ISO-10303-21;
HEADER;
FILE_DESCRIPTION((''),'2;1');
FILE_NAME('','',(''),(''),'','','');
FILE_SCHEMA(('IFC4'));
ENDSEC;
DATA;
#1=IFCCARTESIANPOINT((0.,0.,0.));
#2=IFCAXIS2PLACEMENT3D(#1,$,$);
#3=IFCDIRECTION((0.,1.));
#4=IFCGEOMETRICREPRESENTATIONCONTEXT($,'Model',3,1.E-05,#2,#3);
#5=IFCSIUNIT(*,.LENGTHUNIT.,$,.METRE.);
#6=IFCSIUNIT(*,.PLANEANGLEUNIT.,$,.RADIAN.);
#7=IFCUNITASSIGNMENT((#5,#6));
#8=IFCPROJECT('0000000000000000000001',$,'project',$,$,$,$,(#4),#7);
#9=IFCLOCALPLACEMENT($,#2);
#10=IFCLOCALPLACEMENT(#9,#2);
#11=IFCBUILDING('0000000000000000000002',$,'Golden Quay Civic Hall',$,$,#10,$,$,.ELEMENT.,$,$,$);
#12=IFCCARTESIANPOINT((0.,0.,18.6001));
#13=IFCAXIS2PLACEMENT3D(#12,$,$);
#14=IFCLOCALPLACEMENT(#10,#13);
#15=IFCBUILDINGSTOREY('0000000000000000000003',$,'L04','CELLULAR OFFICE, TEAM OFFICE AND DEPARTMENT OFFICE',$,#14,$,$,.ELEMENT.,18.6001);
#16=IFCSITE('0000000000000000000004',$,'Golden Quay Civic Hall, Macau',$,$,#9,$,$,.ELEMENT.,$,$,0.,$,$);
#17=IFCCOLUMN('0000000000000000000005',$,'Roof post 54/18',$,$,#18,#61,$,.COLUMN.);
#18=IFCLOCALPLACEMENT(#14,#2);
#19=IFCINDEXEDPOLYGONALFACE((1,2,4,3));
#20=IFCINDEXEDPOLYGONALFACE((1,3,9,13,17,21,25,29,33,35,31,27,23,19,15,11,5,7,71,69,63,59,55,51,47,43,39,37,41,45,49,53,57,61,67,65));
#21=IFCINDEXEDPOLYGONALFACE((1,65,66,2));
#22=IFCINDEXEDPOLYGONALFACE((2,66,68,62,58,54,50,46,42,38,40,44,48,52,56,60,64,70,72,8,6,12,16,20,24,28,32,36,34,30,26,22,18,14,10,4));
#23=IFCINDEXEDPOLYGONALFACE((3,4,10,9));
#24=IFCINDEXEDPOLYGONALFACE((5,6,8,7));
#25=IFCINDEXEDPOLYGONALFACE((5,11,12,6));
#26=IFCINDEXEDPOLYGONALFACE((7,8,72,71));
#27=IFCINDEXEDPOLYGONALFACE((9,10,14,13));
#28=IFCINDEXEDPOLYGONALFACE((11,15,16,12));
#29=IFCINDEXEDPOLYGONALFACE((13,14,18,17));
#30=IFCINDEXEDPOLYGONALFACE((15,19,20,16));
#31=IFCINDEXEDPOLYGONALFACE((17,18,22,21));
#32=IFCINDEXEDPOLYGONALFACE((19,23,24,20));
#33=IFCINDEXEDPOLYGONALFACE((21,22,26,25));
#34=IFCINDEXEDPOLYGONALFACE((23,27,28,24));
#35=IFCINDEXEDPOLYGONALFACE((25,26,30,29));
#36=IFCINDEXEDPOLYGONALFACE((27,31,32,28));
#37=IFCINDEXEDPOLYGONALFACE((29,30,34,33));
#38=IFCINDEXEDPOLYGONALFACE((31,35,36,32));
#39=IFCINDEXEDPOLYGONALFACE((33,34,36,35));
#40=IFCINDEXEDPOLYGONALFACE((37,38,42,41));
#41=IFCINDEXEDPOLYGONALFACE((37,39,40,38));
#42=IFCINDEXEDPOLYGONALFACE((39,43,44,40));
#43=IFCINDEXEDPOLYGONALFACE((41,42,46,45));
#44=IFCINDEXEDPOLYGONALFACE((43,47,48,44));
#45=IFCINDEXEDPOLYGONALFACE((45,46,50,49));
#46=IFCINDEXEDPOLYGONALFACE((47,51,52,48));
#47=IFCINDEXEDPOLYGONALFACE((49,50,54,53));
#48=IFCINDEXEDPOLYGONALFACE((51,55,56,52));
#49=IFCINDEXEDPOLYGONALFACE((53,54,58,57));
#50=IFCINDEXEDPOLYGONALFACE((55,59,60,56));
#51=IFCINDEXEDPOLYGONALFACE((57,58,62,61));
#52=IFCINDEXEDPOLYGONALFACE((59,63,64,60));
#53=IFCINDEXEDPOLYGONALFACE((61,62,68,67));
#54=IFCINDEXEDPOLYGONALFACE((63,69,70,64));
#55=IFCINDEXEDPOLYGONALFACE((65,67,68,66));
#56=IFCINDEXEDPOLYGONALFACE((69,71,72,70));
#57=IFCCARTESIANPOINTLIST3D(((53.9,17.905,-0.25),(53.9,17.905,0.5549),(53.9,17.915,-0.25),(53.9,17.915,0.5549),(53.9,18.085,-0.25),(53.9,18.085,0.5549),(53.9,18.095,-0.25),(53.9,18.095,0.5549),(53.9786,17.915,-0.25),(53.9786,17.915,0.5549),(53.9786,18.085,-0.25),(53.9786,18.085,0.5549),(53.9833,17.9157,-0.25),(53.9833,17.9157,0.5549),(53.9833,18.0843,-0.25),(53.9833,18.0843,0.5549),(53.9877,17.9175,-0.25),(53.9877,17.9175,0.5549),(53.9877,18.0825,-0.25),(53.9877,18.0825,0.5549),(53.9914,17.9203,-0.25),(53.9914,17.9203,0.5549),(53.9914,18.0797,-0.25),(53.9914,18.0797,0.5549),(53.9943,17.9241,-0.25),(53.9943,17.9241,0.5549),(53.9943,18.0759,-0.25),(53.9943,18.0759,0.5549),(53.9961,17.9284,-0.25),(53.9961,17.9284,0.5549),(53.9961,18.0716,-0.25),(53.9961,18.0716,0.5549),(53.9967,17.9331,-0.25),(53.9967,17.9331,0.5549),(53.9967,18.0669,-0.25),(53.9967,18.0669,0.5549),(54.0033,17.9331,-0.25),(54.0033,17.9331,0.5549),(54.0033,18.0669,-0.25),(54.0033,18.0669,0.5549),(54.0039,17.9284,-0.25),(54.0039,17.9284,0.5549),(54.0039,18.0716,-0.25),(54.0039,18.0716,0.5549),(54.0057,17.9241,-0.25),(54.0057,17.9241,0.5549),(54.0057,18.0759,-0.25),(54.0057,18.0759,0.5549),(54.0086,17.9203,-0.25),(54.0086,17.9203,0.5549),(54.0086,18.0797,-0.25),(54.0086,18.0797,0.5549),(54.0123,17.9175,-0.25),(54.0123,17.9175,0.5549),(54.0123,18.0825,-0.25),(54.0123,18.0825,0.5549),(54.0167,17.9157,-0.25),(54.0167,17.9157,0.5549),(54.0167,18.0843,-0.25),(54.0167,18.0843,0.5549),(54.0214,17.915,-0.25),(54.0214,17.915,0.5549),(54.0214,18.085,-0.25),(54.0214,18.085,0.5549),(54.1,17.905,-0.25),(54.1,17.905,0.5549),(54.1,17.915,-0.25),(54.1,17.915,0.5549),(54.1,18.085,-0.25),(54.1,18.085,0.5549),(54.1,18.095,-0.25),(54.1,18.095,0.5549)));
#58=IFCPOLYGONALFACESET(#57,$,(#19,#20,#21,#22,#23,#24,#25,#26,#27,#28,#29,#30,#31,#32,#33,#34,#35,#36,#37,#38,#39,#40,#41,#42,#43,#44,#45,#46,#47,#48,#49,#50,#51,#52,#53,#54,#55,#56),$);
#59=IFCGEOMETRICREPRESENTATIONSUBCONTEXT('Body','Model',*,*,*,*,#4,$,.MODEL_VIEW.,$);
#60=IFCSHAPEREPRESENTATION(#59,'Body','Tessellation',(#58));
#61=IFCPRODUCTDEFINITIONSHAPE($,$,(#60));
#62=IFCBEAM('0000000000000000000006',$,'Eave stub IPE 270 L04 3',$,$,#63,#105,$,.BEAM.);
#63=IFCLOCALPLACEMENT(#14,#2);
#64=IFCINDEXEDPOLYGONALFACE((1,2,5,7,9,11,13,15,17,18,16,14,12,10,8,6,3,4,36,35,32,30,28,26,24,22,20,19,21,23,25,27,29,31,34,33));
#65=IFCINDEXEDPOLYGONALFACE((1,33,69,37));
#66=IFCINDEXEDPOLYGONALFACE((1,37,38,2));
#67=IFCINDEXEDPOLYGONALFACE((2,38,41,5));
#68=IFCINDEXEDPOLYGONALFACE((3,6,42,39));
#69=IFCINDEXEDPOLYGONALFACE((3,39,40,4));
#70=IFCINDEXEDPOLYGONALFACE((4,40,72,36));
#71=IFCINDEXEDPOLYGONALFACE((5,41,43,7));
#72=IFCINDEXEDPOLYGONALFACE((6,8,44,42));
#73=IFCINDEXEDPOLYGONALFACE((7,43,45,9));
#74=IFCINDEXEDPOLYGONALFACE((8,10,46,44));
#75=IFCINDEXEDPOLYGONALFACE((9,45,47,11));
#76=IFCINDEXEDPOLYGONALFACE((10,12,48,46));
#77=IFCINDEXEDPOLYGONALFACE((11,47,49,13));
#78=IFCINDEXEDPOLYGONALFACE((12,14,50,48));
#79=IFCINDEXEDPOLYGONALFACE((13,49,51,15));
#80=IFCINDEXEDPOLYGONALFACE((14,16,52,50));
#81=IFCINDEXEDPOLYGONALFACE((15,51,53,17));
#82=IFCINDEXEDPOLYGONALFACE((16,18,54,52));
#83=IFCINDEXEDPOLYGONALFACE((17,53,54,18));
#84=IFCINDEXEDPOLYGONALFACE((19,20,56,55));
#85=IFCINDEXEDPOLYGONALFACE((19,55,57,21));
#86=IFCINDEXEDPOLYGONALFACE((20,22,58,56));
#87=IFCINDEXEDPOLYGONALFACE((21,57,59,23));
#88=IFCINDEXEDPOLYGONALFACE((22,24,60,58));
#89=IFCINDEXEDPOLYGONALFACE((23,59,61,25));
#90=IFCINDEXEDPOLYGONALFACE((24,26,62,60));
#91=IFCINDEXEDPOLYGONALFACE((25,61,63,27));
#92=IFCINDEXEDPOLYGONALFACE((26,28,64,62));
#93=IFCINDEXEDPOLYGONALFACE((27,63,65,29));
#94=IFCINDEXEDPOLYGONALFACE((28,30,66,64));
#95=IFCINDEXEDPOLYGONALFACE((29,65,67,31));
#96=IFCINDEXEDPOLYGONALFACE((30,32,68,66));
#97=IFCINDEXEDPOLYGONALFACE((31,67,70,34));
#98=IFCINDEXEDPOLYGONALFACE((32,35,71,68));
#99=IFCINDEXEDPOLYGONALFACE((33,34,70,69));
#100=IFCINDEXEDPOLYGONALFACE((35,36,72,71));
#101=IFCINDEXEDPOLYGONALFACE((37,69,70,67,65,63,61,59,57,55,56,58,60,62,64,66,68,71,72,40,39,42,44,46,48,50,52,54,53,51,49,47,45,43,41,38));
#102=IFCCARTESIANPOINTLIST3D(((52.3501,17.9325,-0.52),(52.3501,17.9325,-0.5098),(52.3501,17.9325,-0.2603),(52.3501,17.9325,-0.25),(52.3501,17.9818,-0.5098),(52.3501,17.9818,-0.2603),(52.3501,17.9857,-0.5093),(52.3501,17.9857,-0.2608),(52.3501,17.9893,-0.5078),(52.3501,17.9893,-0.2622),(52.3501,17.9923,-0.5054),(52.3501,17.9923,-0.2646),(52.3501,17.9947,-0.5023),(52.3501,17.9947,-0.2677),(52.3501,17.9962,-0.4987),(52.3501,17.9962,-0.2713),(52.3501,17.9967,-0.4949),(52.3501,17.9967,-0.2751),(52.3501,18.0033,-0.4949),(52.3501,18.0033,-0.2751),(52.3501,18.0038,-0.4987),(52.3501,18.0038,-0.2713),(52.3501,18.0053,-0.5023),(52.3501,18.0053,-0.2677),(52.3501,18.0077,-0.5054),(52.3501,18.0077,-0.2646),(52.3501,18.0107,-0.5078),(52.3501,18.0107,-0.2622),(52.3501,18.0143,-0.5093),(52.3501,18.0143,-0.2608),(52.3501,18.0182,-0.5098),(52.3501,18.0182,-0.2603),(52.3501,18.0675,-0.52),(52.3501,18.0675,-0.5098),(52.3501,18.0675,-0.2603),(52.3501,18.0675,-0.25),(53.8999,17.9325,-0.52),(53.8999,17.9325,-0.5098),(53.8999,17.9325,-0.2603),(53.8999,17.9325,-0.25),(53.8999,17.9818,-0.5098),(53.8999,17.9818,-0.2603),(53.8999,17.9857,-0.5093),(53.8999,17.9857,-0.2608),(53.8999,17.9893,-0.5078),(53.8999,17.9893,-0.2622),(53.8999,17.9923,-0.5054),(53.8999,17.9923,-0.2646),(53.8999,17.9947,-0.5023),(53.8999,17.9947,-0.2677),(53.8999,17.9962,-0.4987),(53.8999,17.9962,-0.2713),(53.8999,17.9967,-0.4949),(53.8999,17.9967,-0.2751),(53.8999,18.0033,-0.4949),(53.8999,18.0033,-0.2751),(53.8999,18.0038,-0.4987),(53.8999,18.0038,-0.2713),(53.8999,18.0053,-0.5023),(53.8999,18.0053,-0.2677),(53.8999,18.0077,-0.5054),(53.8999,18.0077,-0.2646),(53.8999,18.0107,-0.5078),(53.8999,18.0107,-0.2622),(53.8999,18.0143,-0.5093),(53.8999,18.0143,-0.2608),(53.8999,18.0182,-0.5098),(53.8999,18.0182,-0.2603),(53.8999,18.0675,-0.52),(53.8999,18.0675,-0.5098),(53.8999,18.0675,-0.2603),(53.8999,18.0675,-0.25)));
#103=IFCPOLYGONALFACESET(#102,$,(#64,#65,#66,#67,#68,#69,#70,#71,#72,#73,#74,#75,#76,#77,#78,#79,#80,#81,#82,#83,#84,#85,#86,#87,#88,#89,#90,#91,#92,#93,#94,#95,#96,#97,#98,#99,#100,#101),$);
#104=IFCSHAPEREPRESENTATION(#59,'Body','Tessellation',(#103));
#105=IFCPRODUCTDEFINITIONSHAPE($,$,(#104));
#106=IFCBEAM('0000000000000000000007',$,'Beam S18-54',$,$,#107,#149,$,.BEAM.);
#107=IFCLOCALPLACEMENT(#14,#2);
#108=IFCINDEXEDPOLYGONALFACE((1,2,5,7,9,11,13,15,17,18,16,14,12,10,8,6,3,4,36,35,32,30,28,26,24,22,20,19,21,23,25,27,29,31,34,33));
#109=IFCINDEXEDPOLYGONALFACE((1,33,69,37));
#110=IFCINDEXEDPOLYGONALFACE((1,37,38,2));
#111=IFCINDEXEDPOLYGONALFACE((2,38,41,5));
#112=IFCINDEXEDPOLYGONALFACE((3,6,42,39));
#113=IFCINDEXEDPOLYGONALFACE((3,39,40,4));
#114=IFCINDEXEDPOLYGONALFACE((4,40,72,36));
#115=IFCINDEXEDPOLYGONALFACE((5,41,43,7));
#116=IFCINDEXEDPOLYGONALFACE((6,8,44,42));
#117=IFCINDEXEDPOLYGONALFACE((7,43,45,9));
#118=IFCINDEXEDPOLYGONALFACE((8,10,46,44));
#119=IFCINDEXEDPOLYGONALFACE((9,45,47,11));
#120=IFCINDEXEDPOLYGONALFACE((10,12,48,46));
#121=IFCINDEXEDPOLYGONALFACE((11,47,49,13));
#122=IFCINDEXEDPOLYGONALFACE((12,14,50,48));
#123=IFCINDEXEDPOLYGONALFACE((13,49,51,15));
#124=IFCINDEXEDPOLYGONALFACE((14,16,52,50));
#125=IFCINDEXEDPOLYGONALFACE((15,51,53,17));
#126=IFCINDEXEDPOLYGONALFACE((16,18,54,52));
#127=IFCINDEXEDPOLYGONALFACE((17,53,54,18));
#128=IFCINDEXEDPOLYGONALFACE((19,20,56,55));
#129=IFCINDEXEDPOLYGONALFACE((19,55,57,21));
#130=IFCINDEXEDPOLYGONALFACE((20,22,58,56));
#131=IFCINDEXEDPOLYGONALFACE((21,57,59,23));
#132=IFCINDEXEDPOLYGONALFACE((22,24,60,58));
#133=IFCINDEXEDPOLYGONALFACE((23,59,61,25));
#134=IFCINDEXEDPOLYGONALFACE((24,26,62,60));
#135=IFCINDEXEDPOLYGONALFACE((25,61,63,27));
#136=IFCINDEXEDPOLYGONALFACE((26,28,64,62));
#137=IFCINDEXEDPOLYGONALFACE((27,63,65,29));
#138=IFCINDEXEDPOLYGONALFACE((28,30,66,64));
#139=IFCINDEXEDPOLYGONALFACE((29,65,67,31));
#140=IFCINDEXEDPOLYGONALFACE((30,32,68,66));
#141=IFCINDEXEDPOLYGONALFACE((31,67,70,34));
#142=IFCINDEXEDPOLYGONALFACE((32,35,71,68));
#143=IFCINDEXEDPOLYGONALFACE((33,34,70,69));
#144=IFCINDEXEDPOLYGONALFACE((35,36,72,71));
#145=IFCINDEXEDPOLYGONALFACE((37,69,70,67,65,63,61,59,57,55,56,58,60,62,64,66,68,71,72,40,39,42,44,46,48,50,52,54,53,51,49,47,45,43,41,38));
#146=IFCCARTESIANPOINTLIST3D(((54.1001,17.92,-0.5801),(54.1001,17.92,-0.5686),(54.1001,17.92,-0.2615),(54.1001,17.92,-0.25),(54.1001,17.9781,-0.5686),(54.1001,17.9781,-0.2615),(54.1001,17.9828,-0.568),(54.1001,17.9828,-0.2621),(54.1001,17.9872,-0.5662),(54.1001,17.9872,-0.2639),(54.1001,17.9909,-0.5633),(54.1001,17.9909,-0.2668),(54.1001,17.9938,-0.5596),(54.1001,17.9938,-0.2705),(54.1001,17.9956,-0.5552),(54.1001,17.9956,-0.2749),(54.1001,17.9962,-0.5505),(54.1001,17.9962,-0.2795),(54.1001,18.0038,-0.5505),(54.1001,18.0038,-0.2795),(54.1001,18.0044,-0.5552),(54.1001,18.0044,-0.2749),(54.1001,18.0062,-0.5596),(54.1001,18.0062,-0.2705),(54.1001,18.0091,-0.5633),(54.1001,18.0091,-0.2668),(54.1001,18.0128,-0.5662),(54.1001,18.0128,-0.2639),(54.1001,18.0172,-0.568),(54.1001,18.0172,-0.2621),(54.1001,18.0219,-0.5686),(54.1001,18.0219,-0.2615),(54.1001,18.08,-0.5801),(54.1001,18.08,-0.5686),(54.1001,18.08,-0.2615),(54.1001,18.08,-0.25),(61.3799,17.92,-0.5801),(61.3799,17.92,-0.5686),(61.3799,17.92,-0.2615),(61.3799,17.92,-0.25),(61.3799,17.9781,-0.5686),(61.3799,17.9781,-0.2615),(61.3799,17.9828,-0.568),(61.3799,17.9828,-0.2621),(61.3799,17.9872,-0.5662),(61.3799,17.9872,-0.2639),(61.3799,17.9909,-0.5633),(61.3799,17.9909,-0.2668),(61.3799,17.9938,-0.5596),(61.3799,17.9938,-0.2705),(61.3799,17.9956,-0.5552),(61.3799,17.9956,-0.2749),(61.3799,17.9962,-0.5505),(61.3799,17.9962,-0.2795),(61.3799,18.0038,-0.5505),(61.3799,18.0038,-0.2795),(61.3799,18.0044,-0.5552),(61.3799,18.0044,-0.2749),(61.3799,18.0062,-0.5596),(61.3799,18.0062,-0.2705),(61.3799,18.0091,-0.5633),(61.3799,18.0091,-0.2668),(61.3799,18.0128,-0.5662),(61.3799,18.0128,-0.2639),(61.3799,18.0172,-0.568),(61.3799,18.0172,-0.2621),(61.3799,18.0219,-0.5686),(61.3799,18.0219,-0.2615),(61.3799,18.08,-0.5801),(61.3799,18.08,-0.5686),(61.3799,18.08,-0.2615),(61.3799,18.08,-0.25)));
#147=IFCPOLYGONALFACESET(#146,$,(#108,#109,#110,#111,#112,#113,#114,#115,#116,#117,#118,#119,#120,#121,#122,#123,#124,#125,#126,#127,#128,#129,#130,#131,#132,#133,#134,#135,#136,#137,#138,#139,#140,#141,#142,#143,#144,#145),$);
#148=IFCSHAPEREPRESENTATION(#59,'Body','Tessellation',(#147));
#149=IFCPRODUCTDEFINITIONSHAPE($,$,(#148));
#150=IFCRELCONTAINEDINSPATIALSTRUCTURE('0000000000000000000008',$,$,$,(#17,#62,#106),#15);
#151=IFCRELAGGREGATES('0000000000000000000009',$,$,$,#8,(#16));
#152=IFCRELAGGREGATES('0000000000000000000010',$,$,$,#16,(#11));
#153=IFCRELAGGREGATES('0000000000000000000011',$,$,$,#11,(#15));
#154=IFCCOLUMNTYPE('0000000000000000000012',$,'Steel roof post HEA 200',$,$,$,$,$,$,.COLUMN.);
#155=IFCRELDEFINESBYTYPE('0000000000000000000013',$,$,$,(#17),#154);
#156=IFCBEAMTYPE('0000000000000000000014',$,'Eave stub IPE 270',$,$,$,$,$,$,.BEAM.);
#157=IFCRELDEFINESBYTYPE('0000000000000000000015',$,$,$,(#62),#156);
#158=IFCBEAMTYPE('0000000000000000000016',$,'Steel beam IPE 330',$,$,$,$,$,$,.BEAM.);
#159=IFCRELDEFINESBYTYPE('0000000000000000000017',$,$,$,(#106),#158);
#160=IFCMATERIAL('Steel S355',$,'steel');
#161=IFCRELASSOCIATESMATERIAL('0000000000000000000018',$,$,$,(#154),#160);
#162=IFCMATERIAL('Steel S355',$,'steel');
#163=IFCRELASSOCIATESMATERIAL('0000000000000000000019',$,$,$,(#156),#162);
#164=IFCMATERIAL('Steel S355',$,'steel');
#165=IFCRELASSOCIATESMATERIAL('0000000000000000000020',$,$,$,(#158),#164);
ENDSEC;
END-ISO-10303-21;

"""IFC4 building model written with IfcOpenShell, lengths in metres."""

from ifc_helpers import new_model, si_unit, direction, frame, origin, origin_2d, place, context, subcontext, project, spatial, i_section, extrude, material, material_profile, profile_set, type_object, element, save


model = new_model("IFC4")

# Units and contexts
model_context = context("Model", 3, precision=1e-05, world=origin(), true_north=direction((0.0, 1.0)))
body_context = subcontext(model_context, "Body", "Model", "MODEL_VIEW")
ifc_project = project(units=[si_unit("LENGTHUNIT", "METRE"), si_unit("PLANEANGLEUNIT", "RADIAN")], contexts=[model_context])

# Site, building, storey
site_placement = place(None, origin())
site = spatial("IfcSite", under=ifc_project, at=site_placement, Name="Golden Quay Civic Hall, Macau", CompositionType="ELEMENT", RefElevation=0.0)
building_placement = place(site_placement, origin())
building = spatial("IfcBuilding", under=site, at=building_placement, Name="Golden Quay Civic Hall", CompositionType="ELEMENT")
storey_placement = place(building_placement, frame((0.0, 0.0, 18.6001)))
storey = spatial("IfcBuildingStorey", under=building, at=storey_placement, Name="L04", Description="CELLULAR OFFICE, TEAM OFFICE AND DEPARTMENT OFFICE", CompositionType="ELEMENT", Elevation=18.6001)

# Column
ifc_material_1 = material(Name="Steel S355", Category="steel")
ifc_material_profile_1 = material_profile(ifc_material_1, i_section(OverallWidth=0.2, OverallDepth=0.1899, WebThickness=0.0066, FlangeThickness=0.01, FilletRadius=0.0181, at=origin_2d()), Name="HEA 200")
ifc_profile_set_1 = profile_set([ifc_material_profile_1], Name="Steel S355")
column_type = type_object("IfcColumnType", Name="Steel roof post HEA 200", PredefinedType="COLUMN", material=ifc_profile_set_1)
column_placement = place(storey_placement, frame((54.0, 18.0, -0.25), z_axis=(0.0, 0.0, 1.0), x_axis=(1.0, 0.0, 0.0)))
element("IfcColumn", 1, at=column_placement, inside=storey, type_object=column_type, Name="Roof post 54/18", PredefinedType="COLUMN", context=body_context, shape_type="SweptSolid", body=[
    extrude(i_section(OverallWidth=0.2, OverallDepth=0.1899, WebThickness=0.0066, FlangeThickness=0.01, FilletRadius=0.0181, at=origin_2d()), origin(), (0.0, 0.0, 1.0), 0.8049),
])

# Beams
ifc_material_2 = material(Name="Steel S355", Category="steel")
ifc_material_profile_2 = material_profile(ifc_material_2, i_section(OverallWidth=0.135, OverallDepth=0.27, WebThickness=0.0066, FlangeThickness=0.0103, FilletRadius=0.0149, at=origin_2d()), Name="IPE 270")
ifc_profile_set_2 = profile_set([ifc_material_profile_2], Name="Steel S355")
beam_type_1 = type_object("IfcBeamType", Name="Eave stub IPE 270", PredefinedType="BEAM", material=ifc_profile_set_2)
beam_1_placement = place(storey_placement, frame((53.8999, 18.0, -0.385), z_axis=(-1.0, 0.0, 0.0), x_axis=(0.0, -1.0, 0.0)))
element("IfcBeam", 2, at=beam_1_placement, inside=storey, type_object=beam_type_1, Name="Eave stub IPE 270 L04 3", PredefinedType="BEAM", context=body_context, shape_type="SweptSolid", body=[
    extrude(i_section(OverallWidth=0.135, OverallDepth=0.27, WebThickness=0.0066, FlangeThickness=0.0103, FilletRadius=0.0149, at=origin_2d()), origin(), (0.0, 0.0, 1.0), 1.5498),
])
ifc_material_3 = material(Name="Steel S355", Category="steel")
ifc_material_profile_3 = material_profile(ifc_material_3, i_section(OverallWidth=0.1599, OverallDepth=0.3301, WebThickness=0.0076, FlangeThickness=0.0115, FilletRadius=0.0181, at=origin_2d()), Name="IPE 330")
ifc_profile_set_3 = profile_set([ifc_material_profile_3], Name="Steel S355")
beam_type_2 = type_object("IfcBeamType", Name="Steel beam IPE 330", PredefinedType="BEAM", material=ifc_profile_set_3)
beam_2_placement = place(storey_placement, frame((54.1001, 18.0, -0.415), z_axis=(1.0, 0.0, 0.0), x_axis=(0.0, 1.0, 0.0)))
element("IfcBeam", 3, at=beam_2_placement, inside=storey, type_object=beam_type_2, Name="Beam S18-54", PredefinedType="BEAM", context=body_context, shape_type="SweptSolid", body=[
    extrude(i_section(OverallWidth=0.1599, OverallDepth=0.3301, WebThickness=0.0076, FlangeThickness=0.0115, FilletRadius=0.0181, at=origin_2d()), origin(), (0.0, 0.0, 1.0), 7.2798),
])

save(model, "model.ifc")
